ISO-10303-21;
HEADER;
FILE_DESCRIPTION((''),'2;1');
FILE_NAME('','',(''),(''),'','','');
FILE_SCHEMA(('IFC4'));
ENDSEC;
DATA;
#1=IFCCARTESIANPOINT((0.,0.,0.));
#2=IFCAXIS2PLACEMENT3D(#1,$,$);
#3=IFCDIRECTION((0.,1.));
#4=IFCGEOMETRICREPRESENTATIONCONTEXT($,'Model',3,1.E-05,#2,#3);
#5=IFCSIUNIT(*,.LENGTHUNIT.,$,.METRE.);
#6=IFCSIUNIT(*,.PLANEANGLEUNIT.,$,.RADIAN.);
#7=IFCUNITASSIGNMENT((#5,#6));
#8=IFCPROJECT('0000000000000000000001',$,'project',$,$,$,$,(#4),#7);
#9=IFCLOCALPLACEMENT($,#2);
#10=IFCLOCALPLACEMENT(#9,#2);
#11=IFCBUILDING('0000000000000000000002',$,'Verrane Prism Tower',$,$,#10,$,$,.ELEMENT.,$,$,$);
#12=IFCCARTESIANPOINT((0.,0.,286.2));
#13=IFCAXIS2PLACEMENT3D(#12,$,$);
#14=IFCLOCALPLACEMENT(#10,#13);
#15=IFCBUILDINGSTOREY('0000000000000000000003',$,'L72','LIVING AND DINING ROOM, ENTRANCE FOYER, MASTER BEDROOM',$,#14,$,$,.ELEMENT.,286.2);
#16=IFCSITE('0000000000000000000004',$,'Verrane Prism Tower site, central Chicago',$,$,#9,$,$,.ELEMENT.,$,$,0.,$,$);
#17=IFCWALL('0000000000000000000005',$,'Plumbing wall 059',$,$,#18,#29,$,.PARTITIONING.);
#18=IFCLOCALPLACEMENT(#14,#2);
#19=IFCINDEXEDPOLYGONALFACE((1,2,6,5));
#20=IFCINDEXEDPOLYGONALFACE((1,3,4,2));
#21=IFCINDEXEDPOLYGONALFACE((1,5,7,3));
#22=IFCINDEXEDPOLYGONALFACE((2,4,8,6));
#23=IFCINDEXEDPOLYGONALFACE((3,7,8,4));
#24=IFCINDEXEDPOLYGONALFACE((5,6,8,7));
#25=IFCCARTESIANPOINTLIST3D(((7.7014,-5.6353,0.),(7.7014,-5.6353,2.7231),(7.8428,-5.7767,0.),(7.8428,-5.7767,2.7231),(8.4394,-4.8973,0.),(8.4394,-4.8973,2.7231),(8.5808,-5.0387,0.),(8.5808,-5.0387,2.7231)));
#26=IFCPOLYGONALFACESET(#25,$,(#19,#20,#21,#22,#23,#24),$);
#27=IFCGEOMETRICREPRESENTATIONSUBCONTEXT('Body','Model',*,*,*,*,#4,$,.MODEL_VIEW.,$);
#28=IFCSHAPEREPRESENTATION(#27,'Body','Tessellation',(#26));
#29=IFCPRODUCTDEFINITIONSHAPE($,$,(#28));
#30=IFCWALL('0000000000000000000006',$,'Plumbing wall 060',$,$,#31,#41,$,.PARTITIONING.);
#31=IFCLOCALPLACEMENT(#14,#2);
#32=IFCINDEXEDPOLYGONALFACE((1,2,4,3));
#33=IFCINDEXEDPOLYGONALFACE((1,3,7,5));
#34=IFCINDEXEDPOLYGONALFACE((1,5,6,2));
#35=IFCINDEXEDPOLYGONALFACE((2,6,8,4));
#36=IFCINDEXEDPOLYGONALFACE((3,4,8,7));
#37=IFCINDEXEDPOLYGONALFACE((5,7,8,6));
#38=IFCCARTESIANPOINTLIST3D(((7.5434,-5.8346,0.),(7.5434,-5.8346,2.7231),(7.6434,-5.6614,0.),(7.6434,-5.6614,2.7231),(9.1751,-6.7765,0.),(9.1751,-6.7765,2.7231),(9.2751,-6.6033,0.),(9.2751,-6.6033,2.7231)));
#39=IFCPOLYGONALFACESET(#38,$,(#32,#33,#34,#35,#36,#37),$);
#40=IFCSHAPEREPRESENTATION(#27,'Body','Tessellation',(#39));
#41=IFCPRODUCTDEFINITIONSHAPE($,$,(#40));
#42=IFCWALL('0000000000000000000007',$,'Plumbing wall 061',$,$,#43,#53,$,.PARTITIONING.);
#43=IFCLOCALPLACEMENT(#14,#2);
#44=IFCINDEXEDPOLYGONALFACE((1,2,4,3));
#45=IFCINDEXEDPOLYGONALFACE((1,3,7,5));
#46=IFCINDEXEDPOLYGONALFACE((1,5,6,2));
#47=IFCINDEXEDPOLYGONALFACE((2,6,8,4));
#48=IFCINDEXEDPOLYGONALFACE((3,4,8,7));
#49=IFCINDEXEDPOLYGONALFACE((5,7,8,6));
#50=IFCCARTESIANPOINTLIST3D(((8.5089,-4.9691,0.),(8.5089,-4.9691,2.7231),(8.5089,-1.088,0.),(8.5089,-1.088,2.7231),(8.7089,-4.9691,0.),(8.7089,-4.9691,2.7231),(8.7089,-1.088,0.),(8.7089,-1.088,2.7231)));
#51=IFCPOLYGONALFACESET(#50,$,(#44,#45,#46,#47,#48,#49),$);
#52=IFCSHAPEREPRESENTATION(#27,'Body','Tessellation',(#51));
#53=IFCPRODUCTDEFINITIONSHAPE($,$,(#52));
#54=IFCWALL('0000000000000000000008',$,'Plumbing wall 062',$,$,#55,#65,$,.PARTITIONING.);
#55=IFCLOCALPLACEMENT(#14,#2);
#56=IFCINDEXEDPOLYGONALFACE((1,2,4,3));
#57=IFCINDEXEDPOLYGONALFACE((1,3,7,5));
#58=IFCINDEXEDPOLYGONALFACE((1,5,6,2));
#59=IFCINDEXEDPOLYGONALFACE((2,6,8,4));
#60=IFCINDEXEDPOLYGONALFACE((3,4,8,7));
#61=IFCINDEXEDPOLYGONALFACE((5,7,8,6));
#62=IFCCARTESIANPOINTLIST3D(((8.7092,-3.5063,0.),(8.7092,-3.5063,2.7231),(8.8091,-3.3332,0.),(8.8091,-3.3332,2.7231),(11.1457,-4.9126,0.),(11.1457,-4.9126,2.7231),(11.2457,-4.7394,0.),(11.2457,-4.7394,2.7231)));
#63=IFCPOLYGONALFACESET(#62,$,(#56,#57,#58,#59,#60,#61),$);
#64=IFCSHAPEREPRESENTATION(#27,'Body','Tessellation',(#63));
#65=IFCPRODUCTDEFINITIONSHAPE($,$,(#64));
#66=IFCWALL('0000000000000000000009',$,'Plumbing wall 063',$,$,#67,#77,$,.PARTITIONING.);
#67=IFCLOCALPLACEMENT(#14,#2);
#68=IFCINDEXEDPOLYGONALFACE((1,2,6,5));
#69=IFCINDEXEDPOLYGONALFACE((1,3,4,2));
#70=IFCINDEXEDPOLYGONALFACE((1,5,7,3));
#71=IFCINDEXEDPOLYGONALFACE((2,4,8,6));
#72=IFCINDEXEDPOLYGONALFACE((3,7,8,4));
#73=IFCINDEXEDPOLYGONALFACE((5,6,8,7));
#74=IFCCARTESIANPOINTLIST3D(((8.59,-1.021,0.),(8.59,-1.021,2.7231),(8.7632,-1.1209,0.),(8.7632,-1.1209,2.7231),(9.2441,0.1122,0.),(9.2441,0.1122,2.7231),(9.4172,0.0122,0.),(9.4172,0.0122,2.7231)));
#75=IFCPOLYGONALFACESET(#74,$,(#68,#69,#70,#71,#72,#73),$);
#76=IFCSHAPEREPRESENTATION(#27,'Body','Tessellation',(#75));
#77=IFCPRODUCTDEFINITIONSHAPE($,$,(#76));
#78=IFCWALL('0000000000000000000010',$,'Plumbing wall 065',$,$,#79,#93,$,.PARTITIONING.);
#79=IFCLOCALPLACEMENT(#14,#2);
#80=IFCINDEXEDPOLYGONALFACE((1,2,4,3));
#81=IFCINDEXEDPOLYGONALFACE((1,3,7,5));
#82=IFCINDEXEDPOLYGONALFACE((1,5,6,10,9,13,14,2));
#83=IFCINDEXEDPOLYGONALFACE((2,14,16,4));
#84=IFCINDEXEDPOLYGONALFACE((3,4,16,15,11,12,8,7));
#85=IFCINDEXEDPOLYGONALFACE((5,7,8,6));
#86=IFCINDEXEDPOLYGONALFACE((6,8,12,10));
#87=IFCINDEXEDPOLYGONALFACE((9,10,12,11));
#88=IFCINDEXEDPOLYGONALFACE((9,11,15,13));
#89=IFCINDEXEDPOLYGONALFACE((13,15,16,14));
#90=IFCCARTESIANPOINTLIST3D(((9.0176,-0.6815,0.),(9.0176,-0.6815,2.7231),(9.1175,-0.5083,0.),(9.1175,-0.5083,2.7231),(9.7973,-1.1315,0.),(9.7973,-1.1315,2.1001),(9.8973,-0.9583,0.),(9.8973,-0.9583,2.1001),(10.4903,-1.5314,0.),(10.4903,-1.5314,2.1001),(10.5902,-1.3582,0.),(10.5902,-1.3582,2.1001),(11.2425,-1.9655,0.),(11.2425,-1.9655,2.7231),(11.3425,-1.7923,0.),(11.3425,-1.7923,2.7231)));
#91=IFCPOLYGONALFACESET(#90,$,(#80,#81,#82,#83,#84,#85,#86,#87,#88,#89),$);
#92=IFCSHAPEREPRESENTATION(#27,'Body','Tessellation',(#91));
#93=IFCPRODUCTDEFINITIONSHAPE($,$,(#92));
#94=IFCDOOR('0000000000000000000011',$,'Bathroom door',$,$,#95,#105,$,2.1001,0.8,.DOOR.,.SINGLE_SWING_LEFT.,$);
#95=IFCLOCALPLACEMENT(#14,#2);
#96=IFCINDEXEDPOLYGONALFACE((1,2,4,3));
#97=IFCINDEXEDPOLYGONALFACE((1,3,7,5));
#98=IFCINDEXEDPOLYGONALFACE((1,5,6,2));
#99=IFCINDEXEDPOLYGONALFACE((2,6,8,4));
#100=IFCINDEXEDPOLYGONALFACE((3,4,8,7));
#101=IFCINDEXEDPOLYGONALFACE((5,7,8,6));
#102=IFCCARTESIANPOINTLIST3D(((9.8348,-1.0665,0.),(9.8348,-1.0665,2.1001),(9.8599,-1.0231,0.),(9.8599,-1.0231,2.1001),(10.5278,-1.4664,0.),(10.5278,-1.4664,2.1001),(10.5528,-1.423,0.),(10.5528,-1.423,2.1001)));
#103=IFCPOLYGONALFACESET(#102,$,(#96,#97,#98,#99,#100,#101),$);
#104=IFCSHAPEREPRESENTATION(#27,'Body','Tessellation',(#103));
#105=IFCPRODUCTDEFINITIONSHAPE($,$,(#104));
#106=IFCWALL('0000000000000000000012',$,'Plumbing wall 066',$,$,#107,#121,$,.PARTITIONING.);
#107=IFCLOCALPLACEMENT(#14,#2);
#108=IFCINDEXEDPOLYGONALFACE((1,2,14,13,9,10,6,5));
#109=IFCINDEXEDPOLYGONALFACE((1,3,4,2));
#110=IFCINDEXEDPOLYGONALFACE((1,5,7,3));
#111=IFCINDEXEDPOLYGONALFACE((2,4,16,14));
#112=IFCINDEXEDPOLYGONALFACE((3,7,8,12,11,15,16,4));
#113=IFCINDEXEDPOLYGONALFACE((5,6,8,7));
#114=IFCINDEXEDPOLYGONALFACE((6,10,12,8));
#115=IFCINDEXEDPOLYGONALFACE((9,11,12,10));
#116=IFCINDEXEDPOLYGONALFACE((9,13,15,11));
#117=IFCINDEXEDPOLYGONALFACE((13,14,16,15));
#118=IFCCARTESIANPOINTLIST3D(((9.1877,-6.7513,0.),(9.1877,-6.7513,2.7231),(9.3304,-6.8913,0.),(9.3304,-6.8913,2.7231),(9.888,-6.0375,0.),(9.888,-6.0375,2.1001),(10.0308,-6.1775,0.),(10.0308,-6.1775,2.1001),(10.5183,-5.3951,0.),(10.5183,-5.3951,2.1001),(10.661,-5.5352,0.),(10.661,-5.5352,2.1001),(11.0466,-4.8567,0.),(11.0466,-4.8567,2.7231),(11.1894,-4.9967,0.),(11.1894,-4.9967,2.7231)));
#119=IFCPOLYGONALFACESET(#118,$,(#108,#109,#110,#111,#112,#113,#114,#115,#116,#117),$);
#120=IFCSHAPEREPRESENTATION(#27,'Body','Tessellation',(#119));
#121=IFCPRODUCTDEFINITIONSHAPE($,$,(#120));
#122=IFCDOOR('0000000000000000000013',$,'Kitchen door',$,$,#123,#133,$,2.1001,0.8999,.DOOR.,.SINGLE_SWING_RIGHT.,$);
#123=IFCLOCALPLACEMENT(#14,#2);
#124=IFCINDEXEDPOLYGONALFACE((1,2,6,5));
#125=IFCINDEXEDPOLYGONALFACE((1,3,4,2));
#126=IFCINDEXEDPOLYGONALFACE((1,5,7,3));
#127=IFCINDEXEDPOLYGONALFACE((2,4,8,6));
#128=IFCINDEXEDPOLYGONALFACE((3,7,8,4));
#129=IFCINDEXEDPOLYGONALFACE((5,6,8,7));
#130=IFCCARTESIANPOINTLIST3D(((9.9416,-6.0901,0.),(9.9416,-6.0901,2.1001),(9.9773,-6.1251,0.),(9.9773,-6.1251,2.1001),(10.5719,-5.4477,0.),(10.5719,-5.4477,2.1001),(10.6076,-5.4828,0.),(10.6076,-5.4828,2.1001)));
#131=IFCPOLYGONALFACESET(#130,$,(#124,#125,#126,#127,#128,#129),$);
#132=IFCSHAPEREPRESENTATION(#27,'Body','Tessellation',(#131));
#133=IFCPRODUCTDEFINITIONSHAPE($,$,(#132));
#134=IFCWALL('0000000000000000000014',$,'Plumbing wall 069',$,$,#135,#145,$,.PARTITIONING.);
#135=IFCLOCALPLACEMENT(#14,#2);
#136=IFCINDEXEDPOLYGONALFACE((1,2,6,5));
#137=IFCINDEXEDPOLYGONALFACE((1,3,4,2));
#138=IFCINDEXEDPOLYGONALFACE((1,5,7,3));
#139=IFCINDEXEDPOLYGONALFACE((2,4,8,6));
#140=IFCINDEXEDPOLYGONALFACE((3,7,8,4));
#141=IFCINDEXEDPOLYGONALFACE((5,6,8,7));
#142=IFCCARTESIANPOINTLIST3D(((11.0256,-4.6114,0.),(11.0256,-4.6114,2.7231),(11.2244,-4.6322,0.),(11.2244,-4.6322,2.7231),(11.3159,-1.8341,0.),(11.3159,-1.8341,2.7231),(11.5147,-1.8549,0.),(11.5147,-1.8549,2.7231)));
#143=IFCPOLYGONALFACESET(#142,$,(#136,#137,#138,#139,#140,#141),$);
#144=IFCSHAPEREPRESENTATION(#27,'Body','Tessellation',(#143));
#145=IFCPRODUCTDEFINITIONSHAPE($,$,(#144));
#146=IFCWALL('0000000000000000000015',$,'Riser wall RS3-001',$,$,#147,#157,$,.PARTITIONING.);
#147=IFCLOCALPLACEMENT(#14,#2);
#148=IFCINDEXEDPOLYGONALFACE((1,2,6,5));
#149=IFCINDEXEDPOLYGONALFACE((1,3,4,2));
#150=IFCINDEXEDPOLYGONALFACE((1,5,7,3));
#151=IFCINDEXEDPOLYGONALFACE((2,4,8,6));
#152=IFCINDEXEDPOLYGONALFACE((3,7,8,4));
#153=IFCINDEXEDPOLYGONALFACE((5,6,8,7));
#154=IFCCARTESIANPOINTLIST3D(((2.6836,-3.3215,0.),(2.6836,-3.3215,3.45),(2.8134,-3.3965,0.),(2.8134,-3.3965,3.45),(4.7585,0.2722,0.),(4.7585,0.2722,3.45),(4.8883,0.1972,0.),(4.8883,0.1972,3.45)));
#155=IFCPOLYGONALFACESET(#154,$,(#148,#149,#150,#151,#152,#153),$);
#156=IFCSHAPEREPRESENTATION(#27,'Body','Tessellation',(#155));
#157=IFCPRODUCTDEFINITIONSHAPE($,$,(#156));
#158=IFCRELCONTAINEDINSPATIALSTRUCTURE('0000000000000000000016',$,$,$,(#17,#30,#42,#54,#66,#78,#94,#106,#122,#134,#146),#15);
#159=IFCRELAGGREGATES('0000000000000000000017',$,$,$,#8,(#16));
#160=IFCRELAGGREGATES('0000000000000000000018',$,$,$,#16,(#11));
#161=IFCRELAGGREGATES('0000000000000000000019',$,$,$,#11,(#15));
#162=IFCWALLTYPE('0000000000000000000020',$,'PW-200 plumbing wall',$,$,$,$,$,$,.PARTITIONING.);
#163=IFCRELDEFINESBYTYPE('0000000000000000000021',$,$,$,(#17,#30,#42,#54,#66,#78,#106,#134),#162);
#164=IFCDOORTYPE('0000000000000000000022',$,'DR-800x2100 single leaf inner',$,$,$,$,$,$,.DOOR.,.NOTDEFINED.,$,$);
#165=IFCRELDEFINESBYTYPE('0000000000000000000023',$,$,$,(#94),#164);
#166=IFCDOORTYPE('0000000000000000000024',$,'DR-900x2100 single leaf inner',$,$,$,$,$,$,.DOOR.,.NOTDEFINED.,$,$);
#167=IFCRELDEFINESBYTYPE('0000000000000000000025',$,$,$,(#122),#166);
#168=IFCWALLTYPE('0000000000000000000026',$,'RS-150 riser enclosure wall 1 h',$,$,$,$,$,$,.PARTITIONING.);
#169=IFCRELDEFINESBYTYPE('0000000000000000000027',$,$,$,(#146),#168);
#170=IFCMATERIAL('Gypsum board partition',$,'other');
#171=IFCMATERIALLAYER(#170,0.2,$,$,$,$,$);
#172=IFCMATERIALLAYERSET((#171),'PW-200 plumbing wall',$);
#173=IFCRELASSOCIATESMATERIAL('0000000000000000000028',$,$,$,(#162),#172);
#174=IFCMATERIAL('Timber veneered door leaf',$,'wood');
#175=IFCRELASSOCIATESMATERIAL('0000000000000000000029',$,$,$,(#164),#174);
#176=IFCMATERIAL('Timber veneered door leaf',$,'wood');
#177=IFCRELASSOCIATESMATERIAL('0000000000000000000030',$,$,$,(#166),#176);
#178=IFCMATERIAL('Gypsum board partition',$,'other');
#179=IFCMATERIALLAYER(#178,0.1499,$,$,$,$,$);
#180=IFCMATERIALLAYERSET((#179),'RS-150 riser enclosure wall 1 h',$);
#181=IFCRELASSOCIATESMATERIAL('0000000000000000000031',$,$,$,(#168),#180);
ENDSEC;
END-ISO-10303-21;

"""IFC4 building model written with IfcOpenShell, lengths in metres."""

from ifc_helpers import new_model, si_unit, direction, frame, frame_2d, origin, place, context, subcontext, project, spatial, rectangle, extrude, material, layer, layer_set, type_object, element, fill, save


model = new_model("IFC4")

# Units and contexts
model_context = context("Model", 3, precision=1e-05, world=origin(), true_north=direction((0.0, 1.0)))
body_context = subcontext(model_context, "Body", "Model", "MODEL_VIEW")
ifc_project = project(units=[si_unit("LENGTHUNIT", "METRE"), si_unit("PLANEANGLEUNIT", "RADIAN")], contexts=[model_context])

# Site, building, storey
site_placement = place(None, origin())
site = spatial("IfcSite", under=ifc_project, at=site_placement, Name="Verrane Prism Tower site, central Chicago", CompositionType="ELEMENT", RefElevation=0.0)
building_placement = place(site_placement, origin())
building = spatial("IfcBuilding", under=site, at=building_placement, Name="Verrane Prism Tower", CompositionType="ELEMENT")
storey_placement = place(building_placement, frame((0.0, 0.0, 286.2)))
storey = spatial("IfcBuildingStorey", under=building, at=storey_placement, Name="L72", Description="LIVING AND DINING ROOM, ENTRANCE FOYER, MASTER BEDROOM", CompositionType="ELEMENT", Elevation=286.2)

# Walls
ifc_material_1 = material(Name="Gypsum board partition", Category="other")
ifc_layer_1 = layer(ifc_material_1, 0.2)
ifc_layer_set_1 = layer_set([ifc_layer_1], Name="PW-200 plumbing wall")
wall_type_1 = type_object("IfcWallType", Name="PW-200 plumbing wall", PredefinedType="PARTITIONING", material=ifc_layer_set_1)
wall_1_placement = place(storey_placement, frame((7.772, -5.7061, 0.0), z_axis=(0.0, 0.0, 1.0), x_axis=(0.707107, 0.707107, 0.0)))
element("IfcWall", 1, at=wall_1_placement, inside=storey, type_object=wall_type_1, Name="Plumbing wall 059", PredefinedType="PARTITIONING", context=body_context, shape_type="SweptSolid", body=[
    extrude(rectangle(XDim=1.0437, YDim=0.2, at=frame_2d((0.522, 0.0))), origin(), (0.0, 0.0, 1.0), 2.7231),
])
wall_2_placement = place(storey_placement, frame((7.5935, -5.748, 0.0), z_axis=(0.0, 0.0, 1.0), x_axis=(0.86605, -0.499958, 0.0)))
element("IfcWall", 2, at=wall_2_placement, inside=storey, type_object=wall_type_1, Name="Plumbing wall 060", PredefinedType="PARTITIONING", context=body_context, shape_type="SweptSolid", body=[
    extrude(rectangle(XDim=1.884, YDim=0.2, at=frame_2d((0.9419, 0.0))), origin(), (0.0, 0.0, 1.0), 2.7231),
])
wall_3_placement = place(storey_placement, frame((8.6089, -4.969, 0.0), z_axis=(0.0, 0.0, 1.0), x_axis=(0.0, 1.0, 0.0)))
element("IfcWall", 3, at=wall_3_placement, inside=storey, type_object=wall_type_1, Name="Plumbing wall 061", PredefinedType="PARTITIONING", context=body_context, shape_type="SweptSolid", body=[
    extrude(rectangle(XDim=3.8811, YDim=0.2, at=frame_2d((1.9404, 0.0))), origin(), (0.0, 0.0, 1.0), 2.7231),
])
wall_4_placement = place(storey_placement, frame((8.759, -3.4197, 0.0), z_axis=(0.0, 0.0, 1.0), x_axis=(0.866099, -0.499873, 0.0)))
element("IfcWall", 4, at=wall_4_placement, inside=storey, type_object=wall_type_1, Name="Plumbing wall 062", PredefinedType="PARTITIONING", context=body_context, shape_type="SweptSolid", body=[
    extrude(rectangle(XDim=2.8132, YDim=0.2, at=frame_2d((1.4067, 0.0))), origin(), (0.0, 0.0, 1.0), 2.7231),
])
wall_5_placement = place(storey_placement, frame((8.6765, -1.071, 0.0), z_axis=(0.0, 0.0, 1.0), x_axis=(0.499932, 0.866064, 0.0)))
element("IfcWall", 5, at=wall_5_placement, inside=storey, type_object=wall_type_1, Name="Plumbing wall 063", PredefinedType="PARTITIONING", context=body_context, shape_type="SweptSolid", body=[
    extrude(rectangle(XDim=1.3083, YDim=0.2, at=frame_2d((0.6543, 0.0))), origin(), (0.0, 0.0, 1.0), 2.7231),
])

# Walls, openings, doors
wall_6_placement = place(storey_placement, frame((11.2925, -1.8789, 0.0), z_axis=(0.0, 0.0, 1.0), x_axis=(-0.866124, 0.499829, 0.0)))
wall_6 = element("IfcWall", 6, at=wall_6_placement, inside=storey, type_object=wall_type_1, Name="Plumbing wall 065", PredefinedType="PARTITIONING", context=body_context, shape_type="SweptSolid", body=[
    extrude(rectangle(XDim=2.5688, YDim=0.2, at=frame_2d((1.2844, 0.0))), origin(), (0.0, 0.0, 1.0), 2.7231),
])
opening_1_placement = place(wall_6_placement, frame((0.8687, 0.0, 0.0)))
opening_1 = element("IfcOpeningElement", 7, at=opening_1_placement, cuts=wall_6, PredefinedType="OPENING", context=body_context, shape_type="SweptSolid", body=[
    extrude(rectangle(XDim=0.8, YDim=2.1001, at=frame_2d((0.3999, 1.05))), frame((0.0, 0.1099, 0.0), z_axis=(0.0, -1.0, 0.0), x_axis=(1.0, 0.0, 0.0)), (0.0, 0.0, 1.0), 0.22),
])
ifc_material_2 = material(Name="Timber veneered door leaf", Category="wood")
door_type_1 = type_object("IfcDoorType", Name="DR-800x2100 single leaf inner", OperationType="NOTDEFINED", PredefinedType="DOOR", material=ifc_material_2)
door_1_placement = place(opening_1_placement, origin())
door_1 = element("IfcDoor", 8, at=door_1_placement, inside=storey, type_object=door_type_1, Name="Bathroom door", OperationType="SINGLE_SWING_LEFT", OverallHeight=2.1001, OverallWidth=0.8, PredefinedType="DOOR", context=body_context, shape_type="SweptSolid", body=[
    extrude(rectangle(XDim=0.8, YDim=2.1001, at=frame_2d((0.3999, 1.05))), frame((0.0, 0.0249, 0.0), z_axis=(0.0, -1.0, 0.0), x_axis=(1.0, 0.0, 0.0)), (0.0, 0.0, 1.0), 0.05),
])
fill(opening_1, door_1)
wall_7_placement = place(storey_placement, frame((9.259, -6.8213, 0.0), z_axis=(0.0, 0.0, 1.0), x_axis=(0.70036, 0.71379, 0.0)))
wall_7 = element("IfcWall", 9, at=wall_7_placement, inside=storey, type_object=wall_type_1, Name="Plumbing wall 066", PredefinedType="PARTITIONING", context=body_context, shape_type="SweptSolid", body=[
    extrude(rectangle(XDim=2.6543, YDim=0.2, at=frame_2d((1.3271, 0.0))), origin(), (0.0, 0.0, 1.0), 2.7231),
])
opening_2_placement = place(wall_7_placement, frame((1.0, 0.0, 0.0)))
opening_2 = element("IfcOpeningElement", 10, at=opening_2_placement, cuts=wall_7, PredefinedType="OPENING", context=body_context, shape_type="SweptSolid", body=[
    extrude(rectangle(XDim=0.8999, YDim=2.1001, at=frame_2d((0.45, 1.05))), frame((0.0, 0.1099, 0.0), z_axis=(0.0, -1.0, 0.0), x_axis=(1.0, 0.0, 0.0)), (0.0, 0.0, 1.0), 0.22),
])
ifc_material_3 = material(Name="Timber veneered door leaf", Category="wood")
door_type_2 = type_object("IfcDoorType", Name="DR-900x2100 single leaf inner", OperationType="NOTDEFINED", PredefinedType="DOOR", material=ifc_material_3)
door_2_placement = place(opening_2_placement, origin())
door_2 = element("IfcDoor", 11, at=door_2_placement, inside=storey, type_object=door_type_2, Name="Kitchen door", OperationType="SINGLE_SWING_RIGHT", OverallHeight=2.1001, OverallWidth=0.8999, PredefinedType="DOOR", context=body_context, shape_type="SweptSolid", body=[
    extrude(rectangle(XDim=0.8999, YDim=2.1001, at=frame_2d((0.45, 1.05))), frame((0.0, 0.0249, 0.0), z_axis=(0.0, -1.0, 0.0), x_axis=(1.0, 0.0, 0.0)), (0.0, 0.0, 1.0), 0.05),
])
fill(opening_2, door_2)

# Walls
wall_8_placement = place(storey_placement, frame((11.125, -4.6218, 0.0), z_axis=(0.0, 0.0, 1.0), x_axis=(0.103952, 0.994582, 0.0)))
element("IfcWall", 12, at=wall_8_placement, inside=storey, type_object=wall_type_1, Name="Plumbing wall 069", PredefinedType="PARTITIONING", context=body_context, shape_type="SweptSolid", body=[
    extrude(rectangle(XDim=2.7925, YDim=0.2, at=frame_2d((1.3962, 0.0))), origin(), (0.0, 0.0, 1.0), 2.7231),
])
ifc_material_4 = material(Name="Gypsum board partition", Category="other")
ifc_layer_2 = layer(ifc_material_4, 0.1499)
ifc_layer_set_2 = layer_set([ifc_layer_2], Name="RS-150 riser enclosure wall 1 h")
wall_type_2 = type_object("IfcWallType", Name="RS-150 riser enclosure wall 1 h", PredefinedType="PARTITIONING", material=ifc_layer_set_2)
wall_9_placement = place(storey_placement, frame((2.7485, -3.3589, 0.0), z_axis=(0.0, 0.0, 1.0), x_axis=(0.500018, 0.866015, 0.0)))
element("IfcWall", 13, at=wall_9_placement, inside=storey, type_object=wall_type_2, Name="Riser wall RS3-001", PredefinedType="PARTITIONING", context=body_context, shape_type="SweptSolid", body=[
    extrude(rectangle(XDim=4.1497, YDim=0.1499, at=frame_2d((2.0747, 0.0))), origin(), (0.0, 0.0, 1.0), 3.45),
])

save(model, "model.ifc")
